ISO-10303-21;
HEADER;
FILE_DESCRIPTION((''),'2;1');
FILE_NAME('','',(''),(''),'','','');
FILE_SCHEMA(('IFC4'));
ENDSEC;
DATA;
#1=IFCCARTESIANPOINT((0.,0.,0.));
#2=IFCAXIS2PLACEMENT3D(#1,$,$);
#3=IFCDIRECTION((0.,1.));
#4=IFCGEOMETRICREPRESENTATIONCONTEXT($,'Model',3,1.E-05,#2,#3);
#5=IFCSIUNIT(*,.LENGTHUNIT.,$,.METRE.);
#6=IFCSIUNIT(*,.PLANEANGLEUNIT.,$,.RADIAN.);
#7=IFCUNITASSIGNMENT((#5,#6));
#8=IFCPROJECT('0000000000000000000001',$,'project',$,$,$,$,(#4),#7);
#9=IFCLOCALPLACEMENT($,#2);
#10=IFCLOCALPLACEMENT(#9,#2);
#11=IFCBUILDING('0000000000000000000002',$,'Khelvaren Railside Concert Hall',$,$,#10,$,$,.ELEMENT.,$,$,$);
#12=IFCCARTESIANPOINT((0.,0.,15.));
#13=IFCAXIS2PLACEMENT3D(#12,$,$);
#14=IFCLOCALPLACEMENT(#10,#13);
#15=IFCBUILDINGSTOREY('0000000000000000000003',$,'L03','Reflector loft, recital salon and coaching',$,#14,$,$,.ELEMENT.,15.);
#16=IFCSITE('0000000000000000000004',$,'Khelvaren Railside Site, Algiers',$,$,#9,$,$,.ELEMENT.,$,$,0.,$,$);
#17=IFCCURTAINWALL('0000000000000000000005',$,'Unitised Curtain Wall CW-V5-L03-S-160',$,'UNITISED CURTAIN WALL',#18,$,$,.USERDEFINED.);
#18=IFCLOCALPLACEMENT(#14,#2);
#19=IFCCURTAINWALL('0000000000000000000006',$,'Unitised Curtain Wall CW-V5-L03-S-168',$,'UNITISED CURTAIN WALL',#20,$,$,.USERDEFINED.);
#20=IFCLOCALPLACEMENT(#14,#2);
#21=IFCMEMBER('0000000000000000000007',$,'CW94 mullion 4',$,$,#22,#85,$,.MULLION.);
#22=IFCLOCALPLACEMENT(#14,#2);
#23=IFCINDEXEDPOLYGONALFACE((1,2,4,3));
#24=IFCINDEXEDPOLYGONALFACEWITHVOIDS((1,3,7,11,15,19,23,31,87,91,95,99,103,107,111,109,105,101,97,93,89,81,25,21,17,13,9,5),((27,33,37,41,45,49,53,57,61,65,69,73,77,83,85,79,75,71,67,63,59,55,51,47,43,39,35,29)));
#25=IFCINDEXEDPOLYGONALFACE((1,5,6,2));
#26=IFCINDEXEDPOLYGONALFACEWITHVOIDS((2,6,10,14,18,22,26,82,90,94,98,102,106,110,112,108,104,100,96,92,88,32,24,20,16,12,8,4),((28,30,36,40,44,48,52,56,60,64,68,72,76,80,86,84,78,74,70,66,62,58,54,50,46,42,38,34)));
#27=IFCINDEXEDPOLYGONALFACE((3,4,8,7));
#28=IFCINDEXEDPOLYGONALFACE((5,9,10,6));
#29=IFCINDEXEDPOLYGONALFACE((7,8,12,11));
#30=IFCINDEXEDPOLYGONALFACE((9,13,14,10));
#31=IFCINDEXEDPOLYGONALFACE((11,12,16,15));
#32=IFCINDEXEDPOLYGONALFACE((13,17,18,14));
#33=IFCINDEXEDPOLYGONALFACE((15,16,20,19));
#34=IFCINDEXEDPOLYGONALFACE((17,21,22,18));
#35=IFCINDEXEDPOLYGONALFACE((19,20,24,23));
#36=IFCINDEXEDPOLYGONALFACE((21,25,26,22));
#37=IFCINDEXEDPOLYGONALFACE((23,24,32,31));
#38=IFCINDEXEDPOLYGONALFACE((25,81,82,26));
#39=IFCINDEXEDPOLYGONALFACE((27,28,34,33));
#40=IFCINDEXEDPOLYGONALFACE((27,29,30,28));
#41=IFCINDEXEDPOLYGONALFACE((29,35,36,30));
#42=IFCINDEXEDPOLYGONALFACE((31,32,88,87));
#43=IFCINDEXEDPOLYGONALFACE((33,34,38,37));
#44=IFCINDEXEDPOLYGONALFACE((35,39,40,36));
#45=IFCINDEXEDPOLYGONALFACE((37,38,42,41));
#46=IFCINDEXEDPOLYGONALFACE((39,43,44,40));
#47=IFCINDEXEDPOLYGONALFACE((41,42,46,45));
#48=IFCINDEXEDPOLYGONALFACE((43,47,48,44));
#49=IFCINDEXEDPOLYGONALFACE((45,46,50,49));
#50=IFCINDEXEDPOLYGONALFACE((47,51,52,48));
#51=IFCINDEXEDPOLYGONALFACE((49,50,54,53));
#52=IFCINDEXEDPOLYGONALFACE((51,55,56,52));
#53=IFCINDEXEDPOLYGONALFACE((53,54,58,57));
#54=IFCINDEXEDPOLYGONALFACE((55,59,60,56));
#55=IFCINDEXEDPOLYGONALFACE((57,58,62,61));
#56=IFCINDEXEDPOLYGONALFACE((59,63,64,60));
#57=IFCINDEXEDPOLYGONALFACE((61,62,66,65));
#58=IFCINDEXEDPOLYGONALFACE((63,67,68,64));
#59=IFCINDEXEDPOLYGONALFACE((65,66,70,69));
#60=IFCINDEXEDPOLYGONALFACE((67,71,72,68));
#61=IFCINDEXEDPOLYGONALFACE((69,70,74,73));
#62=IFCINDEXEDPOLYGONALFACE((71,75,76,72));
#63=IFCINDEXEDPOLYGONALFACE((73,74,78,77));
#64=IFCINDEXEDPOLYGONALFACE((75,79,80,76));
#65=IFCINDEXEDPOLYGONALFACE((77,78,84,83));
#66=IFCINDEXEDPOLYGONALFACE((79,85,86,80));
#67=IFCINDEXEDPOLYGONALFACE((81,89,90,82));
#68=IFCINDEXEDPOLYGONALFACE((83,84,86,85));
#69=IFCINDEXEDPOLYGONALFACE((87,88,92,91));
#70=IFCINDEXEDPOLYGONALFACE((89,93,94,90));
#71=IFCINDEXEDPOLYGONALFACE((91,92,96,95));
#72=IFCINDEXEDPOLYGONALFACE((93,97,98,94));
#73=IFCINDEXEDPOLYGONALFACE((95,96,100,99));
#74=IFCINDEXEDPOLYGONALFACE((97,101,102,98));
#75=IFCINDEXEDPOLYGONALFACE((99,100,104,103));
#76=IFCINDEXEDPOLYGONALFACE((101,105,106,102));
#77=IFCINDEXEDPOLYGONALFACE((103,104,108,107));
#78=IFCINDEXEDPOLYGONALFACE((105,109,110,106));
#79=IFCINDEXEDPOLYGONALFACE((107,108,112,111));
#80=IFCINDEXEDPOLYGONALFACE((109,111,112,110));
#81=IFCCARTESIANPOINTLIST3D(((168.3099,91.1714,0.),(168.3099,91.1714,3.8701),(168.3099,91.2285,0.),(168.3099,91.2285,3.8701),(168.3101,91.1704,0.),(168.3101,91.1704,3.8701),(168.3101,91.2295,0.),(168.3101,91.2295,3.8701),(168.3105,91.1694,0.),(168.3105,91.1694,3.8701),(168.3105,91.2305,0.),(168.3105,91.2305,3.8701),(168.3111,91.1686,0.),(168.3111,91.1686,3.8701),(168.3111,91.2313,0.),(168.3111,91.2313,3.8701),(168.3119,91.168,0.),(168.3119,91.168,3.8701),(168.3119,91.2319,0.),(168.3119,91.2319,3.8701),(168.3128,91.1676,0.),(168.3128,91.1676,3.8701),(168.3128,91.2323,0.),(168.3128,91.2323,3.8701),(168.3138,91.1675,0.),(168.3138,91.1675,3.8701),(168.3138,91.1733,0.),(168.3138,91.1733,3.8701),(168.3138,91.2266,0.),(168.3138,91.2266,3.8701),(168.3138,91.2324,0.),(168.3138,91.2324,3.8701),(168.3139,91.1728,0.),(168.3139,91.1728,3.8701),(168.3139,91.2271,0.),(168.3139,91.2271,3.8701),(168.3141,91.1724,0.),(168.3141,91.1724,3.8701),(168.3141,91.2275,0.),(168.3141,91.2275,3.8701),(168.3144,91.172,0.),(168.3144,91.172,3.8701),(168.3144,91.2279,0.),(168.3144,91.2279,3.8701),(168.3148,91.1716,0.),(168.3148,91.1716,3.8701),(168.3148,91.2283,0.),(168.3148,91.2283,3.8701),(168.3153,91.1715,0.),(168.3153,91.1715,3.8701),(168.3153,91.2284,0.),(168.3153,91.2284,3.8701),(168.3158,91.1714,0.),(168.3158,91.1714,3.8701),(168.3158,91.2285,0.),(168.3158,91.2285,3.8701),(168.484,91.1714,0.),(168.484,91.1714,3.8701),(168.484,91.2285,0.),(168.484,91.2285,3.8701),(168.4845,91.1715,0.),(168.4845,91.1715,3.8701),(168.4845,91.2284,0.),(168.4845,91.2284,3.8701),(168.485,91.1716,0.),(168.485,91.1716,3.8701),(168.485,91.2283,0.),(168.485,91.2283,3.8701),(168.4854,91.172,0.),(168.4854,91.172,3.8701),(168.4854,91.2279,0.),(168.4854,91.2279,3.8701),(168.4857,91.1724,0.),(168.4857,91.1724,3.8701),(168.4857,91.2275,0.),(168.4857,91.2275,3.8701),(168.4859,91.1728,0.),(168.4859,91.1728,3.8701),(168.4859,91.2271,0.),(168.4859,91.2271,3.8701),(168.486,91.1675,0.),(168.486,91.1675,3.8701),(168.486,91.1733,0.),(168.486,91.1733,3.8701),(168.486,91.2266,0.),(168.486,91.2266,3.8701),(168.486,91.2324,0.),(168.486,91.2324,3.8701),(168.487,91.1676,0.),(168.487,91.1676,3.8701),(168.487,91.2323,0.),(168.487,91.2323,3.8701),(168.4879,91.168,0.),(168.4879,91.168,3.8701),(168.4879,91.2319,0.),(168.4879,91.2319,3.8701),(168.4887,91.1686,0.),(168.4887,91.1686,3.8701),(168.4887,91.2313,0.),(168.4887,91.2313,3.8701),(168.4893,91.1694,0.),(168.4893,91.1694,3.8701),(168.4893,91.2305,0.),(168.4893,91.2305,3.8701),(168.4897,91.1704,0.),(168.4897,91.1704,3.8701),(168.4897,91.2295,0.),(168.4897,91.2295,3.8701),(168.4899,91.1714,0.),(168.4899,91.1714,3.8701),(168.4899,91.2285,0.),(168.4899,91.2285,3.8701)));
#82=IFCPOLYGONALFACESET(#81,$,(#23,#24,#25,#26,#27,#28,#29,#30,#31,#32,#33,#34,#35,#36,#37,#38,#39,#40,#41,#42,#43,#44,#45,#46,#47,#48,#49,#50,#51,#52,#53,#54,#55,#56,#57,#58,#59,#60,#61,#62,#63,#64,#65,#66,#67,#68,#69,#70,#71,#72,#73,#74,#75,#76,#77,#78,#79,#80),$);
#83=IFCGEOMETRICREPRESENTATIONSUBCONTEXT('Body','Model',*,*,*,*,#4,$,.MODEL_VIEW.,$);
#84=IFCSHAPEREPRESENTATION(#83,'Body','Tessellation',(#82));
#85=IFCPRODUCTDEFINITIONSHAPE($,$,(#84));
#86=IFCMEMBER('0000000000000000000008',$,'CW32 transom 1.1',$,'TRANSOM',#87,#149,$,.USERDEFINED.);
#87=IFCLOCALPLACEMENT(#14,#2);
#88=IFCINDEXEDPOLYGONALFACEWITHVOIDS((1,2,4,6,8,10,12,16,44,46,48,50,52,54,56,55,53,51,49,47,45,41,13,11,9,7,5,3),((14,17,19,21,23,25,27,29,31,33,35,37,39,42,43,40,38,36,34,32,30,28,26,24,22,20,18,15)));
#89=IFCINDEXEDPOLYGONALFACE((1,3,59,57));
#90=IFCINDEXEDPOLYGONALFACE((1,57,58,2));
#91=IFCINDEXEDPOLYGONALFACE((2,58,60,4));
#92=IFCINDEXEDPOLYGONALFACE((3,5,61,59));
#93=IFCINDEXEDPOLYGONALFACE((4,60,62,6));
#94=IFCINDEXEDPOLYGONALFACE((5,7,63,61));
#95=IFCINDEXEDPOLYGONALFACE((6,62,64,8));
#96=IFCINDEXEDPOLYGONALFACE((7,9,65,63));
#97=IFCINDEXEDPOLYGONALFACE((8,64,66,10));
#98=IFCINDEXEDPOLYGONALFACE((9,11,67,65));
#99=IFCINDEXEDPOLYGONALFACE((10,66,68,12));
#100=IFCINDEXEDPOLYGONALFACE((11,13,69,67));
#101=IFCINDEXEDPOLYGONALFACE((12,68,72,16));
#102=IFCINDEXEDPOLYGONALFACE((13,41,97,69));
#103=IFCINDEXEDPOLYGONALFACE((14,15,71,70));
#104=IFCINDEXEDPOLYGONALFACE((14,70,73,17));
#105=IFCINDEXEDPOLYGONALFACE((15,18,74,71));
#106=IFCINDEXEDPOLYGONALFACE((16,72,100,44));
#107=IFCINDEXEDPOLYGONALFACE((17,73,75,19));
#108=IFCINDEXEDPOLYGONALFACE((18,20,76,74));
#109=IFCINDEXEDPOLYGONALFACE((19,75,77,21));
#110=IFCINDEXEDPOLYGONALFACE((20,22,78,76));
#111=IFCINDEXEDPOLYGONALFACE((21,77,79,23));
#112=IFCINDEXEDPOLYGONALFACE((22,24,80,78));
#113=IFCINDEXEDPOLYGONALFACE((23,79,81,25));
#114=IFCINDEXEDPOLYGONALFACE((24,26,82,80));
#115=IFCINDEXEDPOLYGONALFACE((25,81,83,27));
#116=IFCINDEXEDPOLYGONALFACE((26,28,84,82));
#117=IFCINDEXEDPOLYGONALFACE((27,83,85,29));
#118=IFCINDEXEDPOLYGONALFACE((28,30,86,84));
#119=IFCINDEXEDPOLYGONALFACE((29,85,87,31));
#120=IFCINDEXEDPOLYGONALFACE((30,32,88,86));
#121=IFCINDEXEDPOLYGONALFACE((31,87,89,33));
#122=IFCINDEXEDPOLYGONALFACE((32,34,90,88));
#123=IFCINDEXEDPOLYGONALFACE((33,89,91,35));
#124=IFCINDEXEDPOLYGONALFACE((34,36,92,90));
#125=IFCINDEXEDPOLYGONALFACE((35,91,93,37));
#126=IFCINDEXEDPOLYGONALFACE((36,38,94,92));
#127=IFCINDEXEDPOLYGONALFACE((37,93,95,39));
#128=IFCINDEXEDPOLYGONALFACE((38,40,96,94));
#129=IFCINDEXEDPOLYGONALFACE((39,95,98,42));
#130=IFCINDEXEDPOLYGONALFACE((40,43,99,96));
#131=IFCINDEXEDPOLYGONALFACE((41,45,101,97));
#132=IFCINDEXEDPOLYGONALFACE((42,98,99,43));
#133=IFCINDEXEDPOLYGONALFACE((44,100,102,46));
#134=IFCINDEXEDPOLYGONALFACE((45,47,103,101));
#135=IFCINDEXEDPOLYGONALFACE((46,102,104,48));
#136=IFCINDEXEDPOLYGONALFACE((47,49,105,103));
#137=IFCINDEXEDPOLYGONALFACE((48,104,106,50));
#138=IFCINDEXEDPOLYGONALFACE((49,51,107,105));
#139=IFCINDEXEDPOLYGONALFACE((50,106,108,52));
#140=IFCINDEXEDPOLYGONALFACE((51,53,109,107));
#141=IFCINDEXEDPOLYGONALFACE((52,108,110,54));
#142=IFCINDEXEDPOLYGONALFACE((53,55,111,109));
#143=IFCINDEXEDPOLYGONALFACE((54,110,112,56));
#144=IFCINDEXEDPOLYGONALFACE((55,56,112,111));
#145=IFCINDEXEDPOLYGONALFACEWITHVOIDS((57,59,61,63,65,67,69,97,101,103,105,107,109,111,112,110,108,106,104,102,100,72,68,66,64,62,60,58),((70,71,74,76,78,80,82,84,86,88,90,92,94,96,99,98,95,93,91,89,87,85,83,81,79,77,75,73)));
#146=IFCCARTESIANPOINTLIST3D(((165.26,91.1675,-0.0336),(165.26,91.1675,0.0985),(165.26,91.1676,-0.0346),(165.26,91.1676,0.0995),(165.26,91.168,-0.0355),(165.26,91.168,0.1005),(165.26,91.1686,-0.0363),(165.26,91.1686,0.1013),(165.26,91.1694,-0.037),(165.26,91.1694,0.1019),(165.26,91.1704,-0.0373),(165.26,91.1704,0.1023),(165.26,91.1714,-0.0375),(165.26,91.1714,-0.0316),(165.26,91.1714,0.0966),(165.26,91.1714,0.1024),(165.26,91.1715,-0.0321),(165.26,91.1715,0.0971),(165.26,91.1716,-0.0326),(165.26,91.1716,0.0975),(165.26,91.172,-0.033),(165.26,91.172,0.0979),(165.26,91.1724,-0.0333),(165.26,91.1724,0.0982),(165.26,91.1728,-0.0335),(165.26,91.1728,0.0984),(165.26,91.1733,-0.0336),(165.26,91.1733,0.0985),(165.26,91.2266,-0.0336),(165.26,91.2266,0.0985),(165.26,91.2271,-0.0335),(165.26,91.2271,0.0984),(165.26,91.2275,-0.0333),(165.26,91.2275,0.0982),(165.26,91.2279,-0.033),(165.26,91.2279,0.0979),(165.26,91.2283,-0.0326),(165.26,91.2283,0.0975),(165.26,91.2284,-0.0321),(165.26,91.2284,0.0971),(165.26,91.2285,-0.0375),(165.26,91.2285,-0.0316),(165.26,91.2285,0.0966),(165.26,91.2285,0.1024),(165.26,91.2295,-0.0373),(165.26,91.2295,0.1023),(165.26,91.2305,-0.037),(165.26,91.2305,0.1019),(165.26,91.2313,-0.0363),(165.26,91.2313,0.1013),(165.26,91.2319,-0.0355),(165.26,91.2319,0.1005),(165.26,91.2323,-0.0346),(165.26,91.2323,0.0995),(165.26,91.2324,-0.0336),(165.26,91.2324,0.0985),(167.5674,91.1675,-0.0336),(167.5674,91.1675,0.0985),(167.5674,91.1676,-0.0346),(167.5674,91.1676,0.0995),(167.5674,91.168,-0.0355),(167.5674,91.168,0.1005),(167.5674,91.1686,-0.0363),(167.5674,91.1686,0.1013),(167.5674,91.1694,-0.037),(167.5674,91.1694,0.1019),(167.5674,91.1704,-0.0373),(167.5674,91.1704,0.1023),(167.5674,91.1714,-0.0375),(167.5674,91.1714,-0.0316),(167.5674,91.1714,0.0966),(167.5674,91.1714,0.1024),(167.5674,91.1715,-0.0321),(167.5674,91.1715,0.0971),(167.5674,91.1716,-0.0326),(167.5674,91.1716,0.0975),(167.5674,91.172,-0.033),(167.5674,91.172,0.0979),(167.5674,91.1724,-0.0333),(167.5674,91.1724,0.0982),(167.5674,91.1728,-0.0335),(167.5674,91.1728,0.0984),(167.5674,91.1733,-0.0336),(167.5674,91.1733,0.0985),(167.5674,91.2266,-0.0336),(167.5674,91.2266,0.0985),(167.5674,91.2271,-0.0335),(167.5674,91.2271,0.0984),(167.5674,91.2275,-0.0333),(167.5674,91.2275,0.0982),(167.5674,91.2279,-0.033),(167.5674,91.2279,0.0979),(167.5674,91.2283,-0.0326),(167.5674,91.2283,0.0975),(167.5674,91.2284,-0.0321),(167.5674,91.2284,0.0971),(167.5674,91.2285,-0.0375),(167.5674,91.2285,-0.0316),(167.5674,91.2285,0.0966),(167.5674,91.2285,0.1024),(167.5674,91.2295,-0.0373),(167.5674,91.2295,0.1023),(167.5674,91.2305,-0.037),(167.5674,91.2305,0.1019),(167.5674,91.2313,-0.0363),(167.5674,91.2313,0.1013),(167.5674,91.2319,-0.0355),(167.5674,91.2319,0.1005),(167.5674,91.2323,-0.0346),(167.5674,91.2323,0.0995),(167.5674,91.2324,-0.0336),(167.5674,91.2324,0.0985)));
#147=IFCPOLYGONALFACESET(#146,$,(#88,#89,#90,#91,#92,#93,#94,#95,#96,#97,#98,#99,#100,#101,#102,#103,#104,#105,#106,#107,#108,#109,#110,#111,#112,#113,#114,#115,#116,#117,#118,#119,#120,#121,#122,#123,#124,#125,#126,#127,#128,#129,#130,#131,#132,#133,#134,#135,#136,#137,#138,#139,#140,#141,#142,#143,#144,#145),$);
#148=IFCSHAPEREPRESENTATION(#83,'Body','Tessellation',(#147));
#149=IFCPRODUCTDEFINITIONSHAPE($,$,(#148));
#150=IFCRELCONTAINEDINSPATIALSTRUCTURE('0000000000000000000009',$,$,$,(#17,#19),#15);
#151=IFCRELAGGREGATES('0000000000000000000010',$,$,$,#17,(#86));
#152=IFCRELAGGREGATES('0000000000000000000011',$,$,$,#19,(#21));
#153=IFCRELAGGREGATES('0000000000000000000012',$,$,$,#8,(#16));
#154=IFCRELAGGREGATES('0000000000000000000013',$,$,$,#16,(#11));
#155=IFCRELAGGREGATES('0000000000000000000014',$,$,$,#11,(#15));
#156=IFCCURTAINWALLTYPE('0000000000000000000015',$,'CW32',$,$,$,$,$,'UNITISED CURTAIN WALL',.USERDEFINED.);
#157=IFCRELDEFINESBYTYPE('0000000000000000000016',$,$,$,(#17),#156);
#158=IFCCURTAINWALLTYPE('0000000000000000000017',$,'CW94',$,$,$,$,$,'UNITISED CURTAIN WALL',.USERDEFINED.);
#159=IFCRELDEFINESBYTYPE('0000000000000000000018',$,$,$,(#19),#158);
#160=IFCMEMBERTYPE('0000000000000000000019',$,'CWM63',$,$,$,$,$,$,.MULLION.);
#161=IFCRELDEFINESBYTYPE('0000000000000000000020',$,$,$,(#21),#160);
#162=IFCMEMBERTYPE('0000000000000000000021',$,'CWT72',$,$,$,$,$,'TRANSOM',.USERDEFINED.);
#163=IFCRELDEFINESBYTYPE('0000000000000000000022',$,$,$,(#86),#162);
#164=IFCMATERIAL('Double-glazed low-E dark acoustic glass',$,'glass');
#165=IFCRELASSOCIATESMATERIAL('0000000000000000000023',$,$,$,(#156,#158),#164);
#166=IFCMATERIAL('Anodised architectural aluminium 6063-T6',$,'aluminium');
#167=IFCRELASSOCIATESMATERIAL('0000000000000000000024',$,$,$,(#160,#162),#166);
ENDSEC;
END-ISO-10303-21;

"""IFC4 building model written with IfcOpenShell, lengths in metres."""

from ifc_helpers import new_model, si_unit, direction, frame, origin, origin_2d, place, context, subcontext, project, spatial, hollow_rectangle, extrude, material, material_profile, profile_set, type_object, element, aggregate, save


model = new_model("IFC4")

# Units and contexts
model_context = context("Model", 3, precision=1e-05, world=origin(), true_north=direction((0.0, 1.0)))
body_context = subcontext(model_context, "Body", "Model", "MODEL_VIEW")
ifc_project = project(units=[si_unit("LENGTHUNIT", "METRE"), si_unit("PLANEANGLEUNIT", "RADIAN")], contexts=[model_context])

# Site, building, storey
site_placement = place(None, origin())
site = spatial("IfcSite", under=ifc_project, at=site_placement, Name="Khelvaren Railside Site, Algiers", CompositionType="ELEMENT", RefElevation=0.0)
building_placement = place(site_placement, origin())
building = spatial("IfcBuilding", under=site, at=building_placement, Name="Khelvaren Railside Concert Hall", CompositionType="ELEMENT")
storey_placement = place(building_placement, frame((0.0, 0.0, 15.0)))
storey = spatial("IfcBuildingStorey", under=building, at=storey_placement, Name="L03", Description="Reflector loft, recital salon and coaching", CompositionType="ELEMENT", Elevation=15.0)

# Curtain wall
ifc_material_1 = material(Name="Double-glazed low-E dark acoustic glass", Category="glass")
curtain_wall_type_1 = type_object("IfcCurtainWallType", Name="CW32", ElementType="UNITISED CURTAIN WALL", PredefinedType="USERDEFINED", material=ifc_material_1)
curtain_wall_1_placement = place(storey_placement, origin())
curtain_wall_1 = element("IfcCurtainWall", 1, at=curtain_wall_1_placement, inside=storey, type_object=curtain_wall_type_1, Name="Unitised Curtain Wall CW-V5-L03-S-160", ObjectType="UNITISED CURTAIN WALL", PredefinedType="USERDEFINED")
ifc_material_2 = material(Name="Anodised architectural aluminium 6063-T6", Category="aluminium")
ifc_material_profile_1 = material_profile(ifc_material_2, hollow_rectangle(XDim=0.0649, YDim=0.1799, WallThickness=0.0039, InnerFilletRadius=0.002, OuterFilletRadius=0.0039, at=origin_2d()), Name="CWM 65x180x4")
ifc_profile_set_1 = profile_set([ifc_material_profile_1], Name="Anodised architectural aluminium 6063-T6")
member_type_1 = type_object("IfcMemberType", Name="CWM63", PredefinedType="MULLION", material=ifc_profile_set_1)

# Curtain wall, member
curtain_wall_type_2 = type_object("IfcCurtainWallType", Name="CW94", ElementType="UNITISED CURTAIN WALL", PredefinedType="USERDEFINED", material=ifc_material_1)
curtain_wall_2_placement = place(storey_placement, origin())
curtain_wall_2 = element("IfcCurtainWall", 2, at=curtain_wall_2_placement, inside=storey, type_object=curtain_wall_type_2, Name="Unitised Curtain Wall CW-V5-L03-S-168", ObjectType="UNITISED CURTAIN WALL", PredefinedType="USERDEFINED")
member_1_placement = place(storey_placement, frame((168.3999, 91.2, 0.0), z_axis=(0.0, 0.0, 1.0), x_axis=(0.0, -1.0, 0.0)))
member_1 = element("IfcMember", 3, at=member_1_placement, type_object=member_type_1, Name="CW94 mullion 4", PredefinedType="MULLION", context=body_context, shape_type="SweptSolid", body=[
    extrude(hollow_rectangle(XDim=0.0649, YDim=0.1799, WallThickness=0.0039, InnerFilletRadius=0.002, OuterFilletRadius=0.0039, at=origin_2d()), origin(), (0.0, 0.0, 1.0), 3.8701),
])

# Member
ifc_material_profile_2 = material_profile(ifc_material_2, hollow_rectangle(XDim=0.0649, YDim=0.1399, WallThickness=0.0039, InnerFilletRadius=0.002, OuterFilletRadius=0.0039, at=origin_2d()), Name="CWT 65x140x4")
ifc_profile_set_2 = profile_set([ifc_material_profile_2], Name="Anodised architectural aluminium 6063-T6")
member_type_2 = type_object("IfcMemberType", Name="CWT72", ElementType="TRANSOM", PredefinedType="USERDEFINED", material=ifc_profile_set_2)
member_2_placement = place(storey_placement, frame((167.5674, 91.2, 0.0325), z_axis=(-1.0, 0.0, 0.0), x_axis=(0.0, -1.0, 0.0)))
member_2 = element("IfcMember", 4, at=member_2_placement, type_object=member_type_2, Name="CW32 transom 1.1", ObjectType="TRANSOM", PredefinedType="USERDEFINED", context=body_context, shape_type="SweptSolid", body=[
    extrude(hollow_rectangle(XDim=0.0649, YDim=0.1399, WallThickness=0.0039, InnerFilletRadius=0.002, OuterFilletRadius=0.0039, at=origin_2d()), origin(), (0.0, 0.0, 1.0), 2.3074),
])

aggregate(curtain_wall_1, [member_2])
aggregate(curtain_wall_2, [member_1])

save(model, "model.ifc")
